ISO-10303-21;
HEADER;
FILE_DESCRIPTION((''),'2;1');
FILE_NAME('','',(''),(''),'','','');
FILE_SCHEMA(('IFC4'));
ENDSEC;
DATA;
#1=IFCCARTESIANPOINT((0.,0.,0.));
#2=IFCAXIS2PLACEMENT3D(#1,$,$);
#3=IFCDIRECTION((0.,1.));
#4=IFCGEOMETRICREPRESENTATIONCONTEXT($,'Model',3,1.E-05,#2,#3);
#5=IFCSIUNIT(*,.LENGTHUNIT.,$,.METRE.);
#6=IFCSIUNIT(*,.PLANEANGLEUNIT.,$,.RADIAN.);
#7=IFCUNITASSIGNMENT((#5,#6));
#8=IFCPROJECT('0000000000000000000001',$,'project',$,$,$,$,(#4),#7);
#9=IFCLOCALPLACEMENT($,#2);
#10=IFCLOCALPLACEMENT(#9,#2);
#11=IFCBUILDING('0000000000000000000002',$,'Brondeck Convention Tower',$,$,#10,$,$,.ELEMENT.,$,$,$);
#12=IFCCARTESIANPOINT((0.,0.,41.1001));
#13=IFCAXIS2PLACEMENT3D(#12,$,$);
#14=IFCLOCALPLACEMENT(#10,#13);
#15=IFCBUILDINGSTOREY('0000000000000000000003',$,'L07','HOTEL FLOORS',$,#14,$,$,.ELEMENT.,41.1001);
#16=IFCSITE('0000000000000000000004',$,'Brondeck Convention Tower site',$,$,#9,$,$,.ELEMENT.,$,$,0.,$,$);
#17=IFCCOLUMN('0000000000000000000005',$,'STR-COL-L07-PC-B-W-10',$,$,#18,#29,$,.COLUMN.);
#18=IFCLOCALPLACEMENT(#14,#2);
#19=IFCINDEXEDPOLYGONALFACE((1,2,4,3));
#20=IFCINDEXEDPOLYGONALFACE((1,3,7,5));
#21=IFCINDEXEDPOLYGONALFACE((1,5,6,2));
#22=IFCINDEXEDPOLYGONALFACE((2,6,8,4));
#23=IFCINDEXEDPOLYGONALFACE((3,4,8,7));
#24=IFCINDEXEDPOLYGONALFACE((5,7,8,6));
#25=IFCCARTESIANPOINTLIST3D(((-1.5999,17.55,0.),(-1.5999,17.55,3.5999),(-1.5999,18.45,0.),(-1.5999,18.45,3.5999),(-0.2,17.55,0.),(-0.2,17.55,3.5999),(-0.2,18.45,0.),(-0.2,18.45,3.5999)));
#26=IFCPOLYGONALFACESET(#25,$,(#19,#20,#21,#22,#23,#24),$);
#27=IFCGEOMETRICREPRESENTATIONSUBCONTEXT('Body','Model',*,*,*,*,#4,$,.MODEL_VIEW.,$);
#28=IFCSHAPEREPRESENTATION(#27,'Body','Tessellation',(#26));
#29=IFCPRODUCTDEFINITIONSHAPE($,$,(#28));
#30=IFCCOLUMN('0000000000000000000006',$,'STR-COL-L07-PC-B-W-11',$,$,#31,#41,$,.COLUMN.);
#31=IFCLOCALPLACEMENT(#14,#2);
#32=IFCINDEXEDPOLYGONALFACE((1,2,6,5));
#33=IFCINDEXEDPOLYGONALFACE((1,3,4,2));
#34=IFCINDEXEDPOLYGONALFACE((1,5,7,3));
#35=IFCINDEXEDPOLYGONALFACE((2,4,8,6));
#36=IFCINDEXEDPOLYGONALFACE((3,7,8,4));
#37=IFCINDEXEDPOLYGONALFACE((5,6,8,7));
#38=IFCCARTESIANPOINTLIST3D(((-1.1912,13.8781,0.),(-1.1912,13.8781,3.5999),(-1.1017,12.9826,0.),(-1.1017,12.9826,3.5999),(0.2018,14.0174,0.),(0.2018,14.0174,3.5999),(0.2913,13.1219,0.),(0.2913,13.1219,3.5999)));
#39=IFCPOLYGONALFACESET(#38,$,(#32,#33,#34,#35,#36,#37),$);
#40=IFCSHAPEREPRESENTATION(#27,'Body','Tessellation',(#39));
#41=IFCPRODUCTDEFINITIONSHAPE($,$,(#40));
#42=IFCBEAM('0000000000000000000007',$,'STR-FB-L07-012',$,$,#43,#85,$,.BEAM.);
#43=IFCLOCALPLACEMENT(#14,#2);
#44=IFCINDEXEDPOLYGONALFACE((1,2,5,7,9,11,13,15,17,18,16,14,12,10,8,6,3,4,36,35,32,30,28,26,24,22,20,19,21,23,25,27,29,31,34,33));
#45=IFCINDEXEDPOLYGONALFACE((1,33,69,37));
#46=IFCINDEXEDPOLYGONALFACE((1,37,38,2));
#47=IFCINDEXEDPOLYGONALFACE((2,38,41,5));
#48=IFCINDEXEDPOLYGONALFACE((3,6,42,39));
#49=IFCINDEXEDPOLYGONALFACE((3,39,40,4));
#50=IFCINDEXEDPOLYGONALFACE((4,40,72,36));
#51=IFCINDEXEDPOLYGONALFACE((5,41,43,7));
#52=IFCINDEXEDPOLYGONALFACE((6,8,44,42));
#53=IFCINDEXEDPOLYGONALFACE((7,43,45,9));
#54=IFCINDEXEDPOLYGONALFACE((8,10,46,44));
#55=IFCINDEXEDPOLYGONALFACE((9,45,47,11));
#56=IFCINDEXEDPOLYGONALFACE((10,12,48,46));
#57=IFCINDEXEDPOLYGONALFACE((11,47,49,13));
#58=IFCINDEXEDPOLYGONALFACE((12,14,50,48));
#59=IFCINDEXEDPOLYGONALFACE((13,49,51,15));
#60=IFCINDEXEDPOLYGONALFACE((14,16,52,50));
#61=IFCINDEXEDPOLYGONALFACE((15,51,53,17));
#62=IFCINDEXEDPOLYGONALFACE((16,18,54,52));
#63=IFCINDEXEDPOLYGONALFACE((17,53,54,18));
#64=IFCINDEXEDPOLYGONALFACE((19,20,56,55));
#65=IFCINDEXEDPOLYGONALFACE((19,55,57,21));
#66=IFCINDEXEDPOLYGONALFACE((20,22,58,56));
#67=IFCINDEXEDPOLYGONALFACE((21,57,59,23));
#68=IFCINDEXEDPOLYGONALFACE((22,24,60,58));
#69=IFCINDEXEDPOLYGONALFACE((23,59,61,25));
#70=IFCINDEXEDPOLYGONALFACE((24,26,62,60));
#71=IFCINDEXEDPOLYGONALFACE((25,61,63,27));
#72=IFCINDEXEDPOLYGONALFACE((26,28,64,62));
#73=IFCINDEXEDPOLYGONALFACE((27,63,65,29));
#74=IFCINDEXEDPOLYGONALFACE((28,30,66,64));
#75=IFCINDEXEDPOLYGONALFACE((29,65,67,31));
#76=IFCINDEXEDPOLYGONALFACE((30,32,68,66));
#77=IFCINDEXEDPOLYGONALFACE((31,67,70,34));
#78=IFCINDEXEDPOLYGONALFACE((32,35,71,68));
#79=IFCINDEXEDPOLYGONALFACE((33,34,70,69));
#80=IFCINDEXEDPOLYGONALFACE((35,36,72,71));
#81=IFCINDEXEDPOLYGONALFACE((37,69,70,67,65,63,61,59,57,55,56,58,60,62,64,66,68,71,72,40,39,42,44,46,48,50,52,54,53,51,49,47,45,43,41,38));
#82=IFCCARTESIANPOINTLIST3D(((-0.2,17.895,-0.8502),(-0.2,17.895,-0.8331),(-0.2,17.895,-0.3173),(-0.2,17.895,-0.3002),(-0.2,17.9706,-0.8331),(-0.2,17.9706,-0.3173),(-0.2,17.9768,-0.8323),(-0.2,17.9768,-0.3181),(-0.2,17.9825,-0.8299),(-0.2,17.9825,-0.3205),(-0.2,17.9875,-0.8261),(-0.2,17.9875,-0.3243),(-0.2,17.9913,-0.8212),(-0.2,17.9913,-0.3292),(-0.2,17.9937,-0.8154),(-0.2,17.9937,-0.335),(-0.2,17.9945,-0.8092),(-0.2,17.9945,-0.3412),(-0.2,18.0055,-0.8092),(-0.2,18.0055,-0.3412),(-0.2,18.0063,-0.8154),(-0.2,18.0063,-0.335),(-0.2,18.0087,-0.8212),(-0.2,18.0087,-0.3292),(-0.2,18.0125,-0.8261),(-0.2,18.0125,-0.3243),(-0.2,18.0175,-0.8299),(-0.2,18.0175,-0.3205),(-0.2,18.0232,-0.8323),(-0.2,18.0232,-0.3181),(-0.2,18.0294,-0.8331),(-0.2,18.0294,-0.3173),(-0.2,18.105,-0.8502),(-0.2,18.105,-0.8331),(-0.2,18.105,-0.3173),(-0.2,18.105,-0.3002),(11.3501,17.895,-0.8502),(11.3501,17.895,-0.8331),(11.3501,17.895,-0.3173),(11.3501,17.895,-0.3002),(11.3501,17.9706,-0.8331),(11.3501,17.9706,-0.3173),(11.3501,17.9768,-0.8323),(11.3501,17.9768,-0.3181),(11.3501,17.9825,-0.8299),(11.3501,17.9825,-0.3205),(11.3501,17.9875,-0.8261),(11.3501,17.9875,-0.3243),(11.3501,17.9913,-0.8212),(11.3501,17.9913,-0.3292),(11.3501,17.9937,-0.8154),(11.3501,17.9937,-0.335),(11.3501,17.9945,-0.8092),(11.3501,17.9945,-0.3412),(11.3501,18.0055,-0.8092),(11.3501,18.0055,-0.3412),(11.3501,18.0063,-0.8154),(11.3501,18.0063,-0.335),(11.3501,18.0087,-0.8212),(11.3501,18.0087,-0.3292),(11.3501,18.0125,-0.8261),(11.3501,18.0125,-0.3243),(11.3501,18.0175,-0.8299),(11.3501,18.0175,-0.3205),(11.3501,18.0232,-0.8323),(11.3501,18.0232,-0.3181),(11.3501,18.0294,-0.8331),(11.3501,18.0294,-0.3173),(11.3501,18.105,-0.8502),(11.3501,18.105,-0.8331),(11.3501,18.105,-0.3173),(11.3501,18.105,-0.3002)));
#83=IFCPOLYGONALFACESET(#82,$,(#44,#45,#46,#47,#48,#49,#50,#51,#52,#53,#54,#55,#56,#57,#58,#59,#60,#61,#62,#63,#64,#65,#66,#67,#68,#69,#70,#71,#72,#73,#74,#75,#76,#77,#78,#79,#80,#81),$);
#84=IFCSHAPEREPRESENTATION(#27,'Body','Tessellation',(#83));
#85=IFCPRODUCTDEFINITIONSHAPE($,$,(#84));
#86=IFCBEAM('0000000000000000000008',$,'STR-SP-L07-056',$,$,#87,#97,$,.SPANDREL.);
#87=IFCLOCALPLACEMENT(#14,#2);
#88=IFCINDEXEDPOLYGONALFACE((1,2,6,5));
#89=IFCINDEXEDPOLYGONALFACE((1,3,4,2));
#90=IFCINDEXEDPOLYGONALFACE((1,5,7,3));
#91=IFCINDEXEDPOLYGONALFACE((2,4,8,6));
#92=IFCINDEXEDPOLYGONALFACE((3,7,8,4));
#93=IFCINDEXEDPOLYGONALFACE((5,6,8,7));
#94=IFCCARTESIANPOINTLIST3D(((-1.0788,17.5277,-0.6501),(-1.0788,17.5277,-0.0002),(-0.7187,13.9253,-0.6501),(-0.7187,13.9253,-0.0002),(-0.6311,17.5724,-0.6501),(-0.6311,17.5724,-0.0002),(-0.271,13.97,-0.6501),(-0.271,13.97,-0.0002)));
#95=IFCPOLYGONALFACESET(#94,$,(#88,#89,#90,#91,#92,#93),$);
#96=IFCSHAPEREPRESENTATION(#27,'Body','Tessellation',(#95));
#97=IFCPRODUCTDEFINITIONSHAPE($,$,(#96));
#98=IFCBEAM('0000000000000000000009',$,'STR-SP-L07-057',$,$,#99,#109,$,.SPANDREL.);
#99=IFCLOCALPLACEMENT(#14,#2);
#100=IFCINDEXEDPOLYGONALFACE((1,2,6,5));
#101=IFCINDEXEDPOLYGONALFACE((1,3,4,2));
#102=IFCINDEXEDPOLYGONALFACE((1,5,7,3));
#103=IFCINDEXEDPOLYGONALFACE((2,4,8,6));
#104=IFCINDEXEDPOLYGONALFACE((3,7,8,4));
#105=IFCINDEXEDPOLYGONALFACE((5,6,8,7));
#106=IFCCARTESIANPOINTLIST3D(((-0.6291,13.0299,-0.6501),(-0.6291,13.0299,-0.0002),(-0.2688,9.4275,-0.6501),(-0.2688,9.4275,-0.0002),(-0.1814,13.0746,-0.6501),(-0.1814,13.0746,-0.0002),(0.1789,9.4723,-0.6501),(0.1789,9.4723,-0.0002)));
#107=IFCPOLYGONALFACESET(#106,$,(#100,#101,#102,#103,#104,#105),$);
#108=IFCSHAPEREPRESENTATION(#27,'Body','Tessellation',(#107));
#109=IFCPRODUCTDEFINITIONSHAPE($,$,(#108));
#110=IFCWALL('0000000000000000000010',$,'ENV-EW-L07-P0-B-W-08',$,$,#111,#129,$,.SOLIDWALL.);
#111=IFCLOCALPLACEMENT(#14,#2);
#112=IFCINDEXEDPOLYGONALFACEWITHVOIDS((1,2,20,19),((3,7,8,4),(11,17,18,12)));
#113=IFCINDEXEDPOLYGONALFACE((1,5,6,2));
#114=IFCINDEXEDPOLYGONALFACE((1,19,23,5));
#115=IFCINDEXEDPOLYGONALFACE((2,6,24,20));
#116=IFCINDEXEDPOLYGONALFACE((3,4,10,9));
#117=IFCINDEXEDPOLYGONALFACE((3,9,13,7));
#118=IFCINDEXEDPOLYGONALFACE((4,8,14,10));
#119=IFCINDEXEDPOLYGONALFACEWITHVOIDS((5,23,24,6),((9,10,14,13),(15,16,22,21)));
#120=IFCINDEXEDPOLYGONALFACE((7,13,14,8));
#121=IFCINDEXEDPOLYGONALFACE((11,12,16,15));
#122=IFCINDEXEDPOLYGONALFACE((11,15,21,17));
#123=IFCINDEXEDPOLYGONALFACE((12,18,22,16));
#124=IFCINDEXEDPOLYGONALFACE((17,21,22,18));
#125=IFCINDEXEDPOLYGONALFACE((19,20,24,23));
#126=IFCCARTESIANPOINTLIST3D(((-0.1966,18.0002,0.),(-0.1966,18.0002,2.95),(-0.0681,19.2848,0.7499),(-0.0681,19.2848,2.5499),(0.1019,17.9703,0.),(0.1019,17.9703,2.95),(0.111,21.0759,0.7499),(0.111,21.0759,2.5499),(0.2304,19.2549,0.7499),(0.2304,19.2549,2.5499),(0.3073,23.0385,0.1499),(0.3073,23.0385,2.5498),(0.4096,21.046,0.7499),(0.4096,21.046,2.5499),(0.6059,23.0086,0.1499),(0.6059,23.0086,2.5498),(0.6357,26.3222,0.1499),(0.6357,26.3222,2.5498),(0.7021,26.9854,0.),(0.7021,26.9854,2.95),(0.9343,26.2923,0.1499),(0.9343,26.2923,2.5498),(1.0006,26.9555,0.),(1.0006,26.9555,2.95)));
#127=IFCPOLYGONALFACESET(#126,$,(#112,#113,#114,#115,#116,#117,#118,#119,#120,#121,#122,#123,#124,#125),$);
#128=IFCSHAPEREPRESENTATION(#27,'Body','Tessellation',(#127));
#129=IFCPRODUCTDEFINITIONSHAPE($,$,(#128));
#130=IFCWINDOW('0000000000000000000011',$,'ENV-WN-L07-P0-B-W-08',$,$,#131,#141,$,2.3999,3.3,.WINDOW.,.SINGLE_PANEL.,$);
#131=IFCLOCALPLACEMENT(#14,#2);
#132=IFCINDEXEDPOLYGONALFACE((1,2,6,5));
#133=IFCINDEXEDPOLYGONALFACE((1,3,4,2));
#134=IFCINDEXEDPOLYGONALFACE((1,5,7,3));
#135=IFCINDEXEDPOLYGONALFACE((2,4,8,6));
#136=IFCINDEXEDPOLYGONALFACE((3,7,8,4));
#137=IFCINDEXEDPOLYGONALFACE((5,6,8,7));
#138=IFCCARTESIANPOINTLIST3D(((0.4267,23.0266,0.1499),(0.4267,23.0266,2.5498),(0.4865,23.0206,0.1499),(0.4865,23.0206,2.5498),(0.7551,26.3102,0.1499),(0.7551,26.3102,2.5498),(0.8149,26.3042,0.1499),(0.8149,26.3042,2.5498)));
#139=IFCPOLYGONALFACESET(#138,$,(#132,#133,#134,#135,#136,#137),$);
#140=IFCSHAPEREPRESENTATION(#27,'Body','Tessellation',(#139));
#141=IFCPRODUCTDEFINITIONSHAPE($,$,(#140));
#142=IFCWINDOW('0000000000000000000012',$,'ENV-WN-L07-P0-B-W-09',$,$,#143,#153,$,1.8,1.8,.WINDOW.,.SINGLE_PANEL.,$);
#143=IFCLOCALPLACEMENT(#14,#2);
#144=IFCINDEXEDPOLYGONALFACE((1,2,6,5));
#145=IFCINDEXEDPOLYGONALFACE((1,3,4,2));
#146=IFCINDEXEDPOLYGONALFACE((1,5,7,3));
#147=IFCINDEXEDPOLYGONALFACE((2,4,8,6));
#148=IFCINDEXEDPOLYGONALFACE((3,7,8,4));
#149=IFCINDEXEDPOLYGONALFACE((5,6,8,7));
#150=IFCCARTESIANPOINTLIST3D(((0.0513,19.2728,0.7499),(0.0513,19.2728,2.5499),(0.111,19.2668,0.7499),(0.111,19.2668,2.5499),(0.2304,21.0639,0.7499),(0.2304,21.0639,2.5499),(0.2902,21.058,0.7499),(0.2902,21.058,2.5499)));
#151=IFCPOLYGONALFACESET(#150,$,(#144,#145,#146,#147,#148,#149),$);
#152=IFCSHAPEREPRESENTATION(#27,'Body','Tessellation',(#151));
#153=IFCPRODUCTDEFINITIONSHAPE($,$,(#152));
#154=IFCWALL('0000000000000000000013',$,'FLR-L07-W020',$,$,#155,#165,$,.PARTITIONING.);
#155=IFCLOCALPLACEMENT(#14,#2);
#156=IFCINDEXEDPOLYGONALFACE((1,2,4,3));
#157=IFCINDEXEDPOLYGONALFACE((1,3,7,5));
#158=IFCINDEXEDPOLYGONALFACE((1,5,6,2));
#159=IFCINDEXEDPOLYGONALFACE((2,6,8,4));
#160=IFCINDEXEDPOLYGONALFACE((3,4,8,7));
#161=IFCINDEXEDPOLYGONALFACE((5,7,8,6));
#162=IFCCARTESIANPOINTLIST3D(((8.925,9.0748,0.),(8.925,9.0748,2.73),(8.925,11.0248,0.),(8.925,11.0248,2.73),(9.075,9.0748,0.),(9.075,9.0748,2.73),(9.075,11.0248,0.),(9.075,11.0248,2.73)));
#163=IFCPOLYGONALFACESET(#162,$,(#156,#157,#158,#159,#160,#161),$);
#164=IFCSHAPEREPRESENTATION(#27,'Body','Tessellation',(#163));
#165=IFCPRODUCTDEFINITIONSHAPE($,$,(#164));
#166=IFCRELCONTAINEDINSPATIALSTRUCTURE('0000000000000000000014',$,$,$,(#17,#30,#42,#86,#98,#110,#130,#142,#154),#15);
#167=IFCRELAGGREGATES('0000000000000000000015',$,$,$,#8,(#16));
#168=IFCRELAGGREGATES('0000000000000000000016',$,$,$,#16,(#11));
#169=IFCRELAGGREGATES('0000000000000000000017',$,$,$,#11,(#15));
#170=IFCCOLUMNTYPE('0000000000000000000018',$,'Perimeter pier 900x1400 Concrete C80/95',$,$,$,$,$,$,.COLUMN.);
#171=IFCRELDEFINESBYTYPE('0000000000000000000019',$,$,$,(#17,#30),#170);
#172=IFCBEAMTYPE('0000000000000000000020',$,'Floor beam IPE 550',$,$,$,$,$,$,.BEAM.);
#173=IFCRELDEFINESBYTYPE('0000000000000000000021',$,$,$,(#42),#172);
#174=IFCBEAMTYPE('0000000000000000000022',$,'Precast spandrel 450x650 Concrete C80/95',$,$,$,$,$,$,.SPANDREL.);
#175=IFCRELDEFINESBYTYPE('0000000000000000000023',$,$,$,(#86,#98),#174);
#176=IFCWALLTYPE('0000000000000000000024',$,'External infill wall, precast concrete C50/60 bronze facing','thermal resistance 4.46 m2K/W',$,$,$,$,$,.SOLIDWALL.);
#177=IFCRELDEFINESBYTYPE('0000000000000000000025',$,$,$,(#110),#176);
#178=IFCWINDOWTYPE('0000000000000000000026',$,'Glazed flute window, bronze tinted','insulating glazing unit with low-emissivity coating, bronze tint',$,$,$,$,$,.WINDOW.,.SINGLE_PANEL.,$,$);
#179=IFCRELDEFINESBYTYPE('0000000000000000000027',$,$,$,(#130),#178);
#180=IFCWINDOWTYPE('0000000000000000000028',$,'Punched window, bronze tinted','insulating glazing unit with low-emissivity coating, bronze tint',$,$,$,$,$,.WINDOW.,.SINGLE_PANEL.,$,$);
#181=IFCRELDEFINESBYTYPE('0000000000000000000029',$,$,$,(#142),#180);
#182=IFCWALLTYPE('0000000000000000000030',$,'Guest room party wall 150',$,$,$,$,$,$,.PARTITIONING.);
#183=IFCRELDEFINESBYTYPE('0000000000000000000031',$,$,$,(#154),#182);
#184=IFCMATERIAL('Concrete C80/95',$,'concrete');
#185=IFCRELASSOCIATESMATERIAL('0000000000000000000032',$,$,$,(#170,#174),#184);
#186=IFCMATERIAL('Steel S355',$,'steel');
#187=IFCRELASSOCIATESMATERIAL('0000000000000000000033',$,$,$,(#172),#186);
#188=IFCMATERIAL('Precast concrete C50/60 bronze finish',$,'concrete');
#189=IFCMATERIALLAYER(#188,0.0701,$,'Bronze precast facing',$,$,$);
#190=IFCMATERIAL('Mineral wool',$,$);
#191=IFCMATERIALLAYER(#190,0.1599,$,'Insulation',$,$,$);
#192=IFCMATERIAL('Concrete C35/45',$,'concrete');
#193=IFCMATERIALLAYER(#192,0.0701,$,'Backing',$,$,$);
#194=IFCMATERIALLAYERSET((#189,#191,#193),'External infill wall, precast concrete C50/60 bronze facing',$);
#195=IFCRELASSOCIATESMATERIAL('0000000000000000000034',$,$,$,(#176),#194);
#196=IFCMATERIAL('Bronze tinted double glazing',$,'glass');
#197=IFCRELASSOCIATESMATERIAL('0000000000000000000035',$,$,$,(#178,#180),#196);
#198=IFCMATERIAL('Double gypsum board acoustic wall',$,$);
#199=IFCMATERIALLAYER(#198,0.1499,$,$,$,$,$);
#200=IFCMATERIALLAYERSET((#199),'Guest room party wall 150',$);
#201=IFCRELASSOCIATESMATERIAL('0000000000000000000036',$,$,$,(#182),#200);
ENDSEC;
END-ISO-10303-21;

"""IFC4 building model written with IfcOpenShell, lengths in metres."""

from ifc_helpers import new_model, si_unit, direction, frame, frame_2d, origin, origin_2d, place, context, subcontext, project, spatial, rectangle, i_section, extrude, material, layer, layer_set, material_profile, profile_set, type_object, element, fill, save


model = new_model("IFC4")

# Units and contexts
model_context = context("Model", 3, precision=1e-05, world=origin(), true_north=direction((0.0, 1.0)))
body_context = subcontext(model_context, "Body", "Model", "MODEL_VIEW")
ifc_project = project(units=[si_unit("LENGTHUNIT", "METRE"), si_unit("PLANEANGLEUNIT", "RADIAN")], contexts=[model_context])

# Site, building, storey
site_placement = place(None, origin())
site = spatial("IfcSite", under=ifc_project, at=site_placement, Name="Brondeck Convention Tower site", CompositionType="ELEMENT", RefElevation=0.0)
building_placement = place(site_placement, origin())
building = spatial("IfcBuilding", under=site, at=building_placement, Name="Brondeck Convention Tower", CompositionType="ELEMENT")
storey_placement = place(building_placement, frame((0.0, 0.0, 41.1001)))
storey = spatial("IfcBuildingStorey", under=building, at=storey_placement, Name="L07", Description="HOTEL FLOORS", CompositionType="ELEMENT", Elevation=41.1001)

# Columns
ifc_material_1 = material(Name="Concrete C80/95", Category="concrete")
ifc_material_profile_1 = material_profile(ifc_material_1, rectangle(XDim=0.8999, YDim=1.3999, at=origin_2d()), Name="Perimeter pier 900x1400 Concrete C80/95")
ifc_profile_set_1 = profile_set([ifc_material_profile_1], Name="Concrete C80/95")
column_type = type_object("IfcColumnType", Name="Perimeter pier 900x1400 Concrete C80/95", PredefinedType="COLUMN", material=ifc_profile_set_1)
for number, where, z_axis, x_axis, name in (
    (1, (-0.8999, 18.0, 0.0), (0.0, 0.0, 1.0), (0.0, -1.0, 0.0), "STR-COL-L07-PC-B-W-10"),
    (2, (-0.45, 13.5, 0.0), (0.0, 0.0, 1.0), (0.099504, -0.995037, 0.0), "STR-COL-L07-PC-B-W-11"),
):
    element("IfcColumn", number, at=place(storey_placement, frame(where, z_axis=z_axis, x_axis=x_axis)), inside=storey, type_object=column_type, Name=name, PredefinedType="COLUMN", context=body_context, shape_type="SweptSolid", body=[
        extrude(rectangle(XDim=0.8999, YDim=1.3999, at=origin_2d()), origin(), (0.0, 0.0, 1.0), 3.5999),
    ])

# Beams
ifc_material_2 = material(Name="Steel S355", Category="steel")
ifc_material_profile_2 = material_profile(ifc_material_2, i_section(OverallWidth=0.21, OverallDepth=0.55, WebThickness=0.011, FlangeThickness=0.0171, FilletRadius=0.0239, at=origin_2d()), Name="IPE 550")
ifc_profile_set_2 = profile_set([ifc_material_profile_2], Name="Steel S355")
beam_type_1 = type_object("IfcBeamType", Name="Floor beam IPE 550", PredefinedType="BEAM", material=ifc_profile_set_2)
beam_placement = place(storey_placement, frame((-0.2, 18.0, -0.5752), z_axis=(1.0, 0.0, 0.0), x_axis=(0.0, 1.0, 0.0)))
element("IfcBeam", 3, at=beam_placement, inside=storey, type_object=beam_type_1, Name="STR-FB-L07-012", PredefinedType="BEAM", context=body_context, shape_type="SweptSolid", body=[
    extrude(i_section(OverallWidth=0.21, OverallDepth=0.55, WebThickness=0.011, FlangeThickness=0.0171, FilletRadius=0.0239, at=origin_2d()), origin(), (0.0, 0.0, 1.0), 11.55),
])
ifc_material_profile_3 = material_profile(ifc_material_1, rectangle(XDim=0.45, YDim=0.6499, at=origin_2d()), Name="Precast spandrel 450x650 Concrete C80/95")
ifc_profile_set_3 = profile_set([ifc_material_profile_3], Name="Concrete C80/95")
beam_type_2 = type_object("IfcBeamType", Name="Precast spandrel 450x650 Concrete C80/95", PredefinedType="SPANDREL", material=ifc_profile_set_3)
for number, where, z_axis, x_axis, name in (
    (4, (-0.855, 17.55, -0.3252), (0.09947, -0.995041, 0.0), (0.995041, 0.09947, 0.0), "STR-SP-L07-056"),
    (5, (-0.4053, 13.0522, -0.3252), (0.099537, -0.995034, 0.0), (0.995034, 0.099537, 0.0), "STR-SP-L07-057"),
):
    element("IfcBeam", number, at=place(storey_placement, frame(where, z_axis=z_axis, x_axis=x_axis)), inside=storey, type_object=beam_type_2, Name=name, PredefinedType="SPANDREL", context=body_context, shape_type="SweptSolid", body=[
        extrude(rectangle(XDim=0.45, YDim=0.6499, at=origin_2d()), origin(), (0.0, 0.0, 1.0), 3.6204),
    ])

# Wall, openings, windows
ifc_material_3 = material(Name="Precast concrete C50/60 bronze finish", Category="concrete")
ifc_layer_1 = layer(ifc_material_3, 0.0701, Name="Bronze precast facing")
ifc_material_4 = material(Name="Mineral wool")
ifc_layer_2 = layer(ifc_material_4, 0.1599, Name="Insulation")
ifc_material_5 = material(Name="Concrete C35/45", Category="concrete")
ifc_layer_3 = layer(ifc_material_5, 0.0701, Name="Backing")
ifc_layer_set_1 = layer_set([ifc_layer_1, ifc_layer_2, ifc_layer_3], Name="External infill wall, precast concrete C50/60 bronze facing")
wall_type_1 = type_object("IfcWallType", Name="External infill wall, precast concrete C50/60 bronze facing", Description="thermal resistance 4.46 m2K/W", PredefinedType="SOLIDWALL", material=ifc_layer_set_1)
wall_1_placement = place(storey_placement, frame((-0.0474, 17.9851, 0.0), z_axis=(0.0, 0.0, 1.0), x_axis=(0.099522, 0.995035, 0.0)))
wall_1 = element("IfcWall", 6, at=wall_1_placement, inside=storey, type_object=wall_type_1, Name="ENV-EW-L07-P0-B-W-08", PredefinedType="SOLIDWALL", context=body_context, shape_type="SweptSolid", body=[
    extrude(rectangle(XDim=9.03, YDim=0.3, at=frame_2d((4.5151, 0.0))), origin(), (0.0, 0.0, 1.0), 2.95),
])
opening_1_placement = place(wall_1_placement, frame((1.2913, 0.0, 0.75)))
opening_1 = element("IfcOpeningElement", 7, at=opening_1_placement, cuts=wall_1, PredefinedType="OPENING", context=body_context, shape_type="SweptSolid", body=[
    extrude(rectangle(XDim=1.8, YDim=1.8, at=frame_2d((0.8999, 0.8999))), frame((0.0, 0.1599, 0.0), z_axis=(0.0, -1.0, 0.0), x_axis=(1.0, 0.0, 0.0)), (0.0, 0.0, 1.0), 0.3201),
])
opening_2_placement = place(wall_1_placement, frame((5.0637, 0.0, 0.1499)))
opening_2 = element("IfcOpeningElement", 8, at=opening_2_placement, cuts=wall_1, PredefinedType="OPENING", context=body_context, shape_type="SweptSolid", body=[
    extrude(rectangle(XDim=3.3, YDim=2.3999, at=frame_2d((1.6499, 1.2))), frame((0.0, 0.1599, 0.0), z_axis=(0.0, -1.0, 0.0), x_axis=(1.0, 0.0, 0.0)), (0.0, 0.0, 1.0), 0.3201),
])
ifc_material_6 = material(Name="Bronze tinted double glazing", Category="glass")
window_type_1 = type_object("IfcWindowType", Name="Glazed flute window, bronze tinted", Description="insulating glazing unit with low-emissivity coating, bronze tint", PartitioningType="SINGLE_PANEL", PredefinedType="WINDOW", material=ifc_material_6)
window_1_placement = place(opening_2_placement, origin())
window_1 = element("IfcWindow", 9, at=window_1_placement, inside=storey, type_object=window_type_1, Name="ENV-WN-L07-P0-B-W-08", OverallHeight=2.3999, OverallWidth=3.3, PartitioningType="SINGLE_PANEL", PredefinedType="WINDOW", context=body_context, shape_type="SweptSolid", body=[
    extrude(rectangle(XDim=3.3, YDim=2.3999, at=frame_2d((1.6499, 1.2))), frame((0.0, 0.03, 0.0), z_axis=(0.0, -1.0, 0.0), x_axis=(1.0, 0.0, 0.0)), (0.0, 0.0, 1.0), 0.0601),
])
fill(opening_2, window_1)
window_type_2 = type_object("IfcWindowType", Name="Punched window, bronze tinted", Description="insulating glazing unit with low-emissivity coating, bronze tint", PartitioningType="SINGLE_PANEL", PredefinedType="WINDOW", material=ifc_material_6)
window_2_placement = place(opening_1_placement, origin())
window_2 = element("IfcWindow", 10, at=window_2_placement, inside=storey, type_object=window_type_2, Name="ENV-WN-L07-P0-B-W-09", OverallHeight=1.8, OverallWidth=1.8, PartitioningType="SINGLE_PANEL", PredefinedType="WINDOW", context=body_context, shape_type="SweptSolid", body=[
    extrude(rectangle(XDim=1.8, YDim=1.8, at=frame_2d((0.8999, 0.8999))), frame((0.0, 0.03, 0.0), z_axis=(0.0, -1.0, 0.0), x_axis=(1.0, 0.0, 0.0)), (0.0, 0.0, 1.0), 0.0601),
])
fill(opening_1, window_2)

# Wall
ifc_material_7 = material(Name="Double gypsum board acoustic wall")
ifc_layer_4 = layer(ifc_material_7, 0.1499)
ifc_layer_set_2 = layer_set([ifc_layer_4], Name="Guest room party wall 150")
wall_type_2 = type_object("IfcWallType", Name="Guest room party wall 150", PredefinedType="PARTITIONING", material=ifc_layer_set_2)
wall_2_placement = place(storey_placement, frame((9.0, 11.0249, 0.0), z_axis=(0.0, 0.0, 1.0), x_axis=(0.0, -1.0, 0.0)))
element("IfcWall", 11, at=wall_2_placement, inside=storey, type_object=wall_type_2, Name="FLR-L07-W020", PredefinedType="PARTITIONING", context=body_context, shape_type="SweptSolid", body=[
    extrude(rectangle(XDim=1.95, YDim=0.1499, at=frame_2d((0.9751, 0.0))), origin(), (0.0, 0.0, 1.0), 2.73),
])

save(model, "model.ifc")
